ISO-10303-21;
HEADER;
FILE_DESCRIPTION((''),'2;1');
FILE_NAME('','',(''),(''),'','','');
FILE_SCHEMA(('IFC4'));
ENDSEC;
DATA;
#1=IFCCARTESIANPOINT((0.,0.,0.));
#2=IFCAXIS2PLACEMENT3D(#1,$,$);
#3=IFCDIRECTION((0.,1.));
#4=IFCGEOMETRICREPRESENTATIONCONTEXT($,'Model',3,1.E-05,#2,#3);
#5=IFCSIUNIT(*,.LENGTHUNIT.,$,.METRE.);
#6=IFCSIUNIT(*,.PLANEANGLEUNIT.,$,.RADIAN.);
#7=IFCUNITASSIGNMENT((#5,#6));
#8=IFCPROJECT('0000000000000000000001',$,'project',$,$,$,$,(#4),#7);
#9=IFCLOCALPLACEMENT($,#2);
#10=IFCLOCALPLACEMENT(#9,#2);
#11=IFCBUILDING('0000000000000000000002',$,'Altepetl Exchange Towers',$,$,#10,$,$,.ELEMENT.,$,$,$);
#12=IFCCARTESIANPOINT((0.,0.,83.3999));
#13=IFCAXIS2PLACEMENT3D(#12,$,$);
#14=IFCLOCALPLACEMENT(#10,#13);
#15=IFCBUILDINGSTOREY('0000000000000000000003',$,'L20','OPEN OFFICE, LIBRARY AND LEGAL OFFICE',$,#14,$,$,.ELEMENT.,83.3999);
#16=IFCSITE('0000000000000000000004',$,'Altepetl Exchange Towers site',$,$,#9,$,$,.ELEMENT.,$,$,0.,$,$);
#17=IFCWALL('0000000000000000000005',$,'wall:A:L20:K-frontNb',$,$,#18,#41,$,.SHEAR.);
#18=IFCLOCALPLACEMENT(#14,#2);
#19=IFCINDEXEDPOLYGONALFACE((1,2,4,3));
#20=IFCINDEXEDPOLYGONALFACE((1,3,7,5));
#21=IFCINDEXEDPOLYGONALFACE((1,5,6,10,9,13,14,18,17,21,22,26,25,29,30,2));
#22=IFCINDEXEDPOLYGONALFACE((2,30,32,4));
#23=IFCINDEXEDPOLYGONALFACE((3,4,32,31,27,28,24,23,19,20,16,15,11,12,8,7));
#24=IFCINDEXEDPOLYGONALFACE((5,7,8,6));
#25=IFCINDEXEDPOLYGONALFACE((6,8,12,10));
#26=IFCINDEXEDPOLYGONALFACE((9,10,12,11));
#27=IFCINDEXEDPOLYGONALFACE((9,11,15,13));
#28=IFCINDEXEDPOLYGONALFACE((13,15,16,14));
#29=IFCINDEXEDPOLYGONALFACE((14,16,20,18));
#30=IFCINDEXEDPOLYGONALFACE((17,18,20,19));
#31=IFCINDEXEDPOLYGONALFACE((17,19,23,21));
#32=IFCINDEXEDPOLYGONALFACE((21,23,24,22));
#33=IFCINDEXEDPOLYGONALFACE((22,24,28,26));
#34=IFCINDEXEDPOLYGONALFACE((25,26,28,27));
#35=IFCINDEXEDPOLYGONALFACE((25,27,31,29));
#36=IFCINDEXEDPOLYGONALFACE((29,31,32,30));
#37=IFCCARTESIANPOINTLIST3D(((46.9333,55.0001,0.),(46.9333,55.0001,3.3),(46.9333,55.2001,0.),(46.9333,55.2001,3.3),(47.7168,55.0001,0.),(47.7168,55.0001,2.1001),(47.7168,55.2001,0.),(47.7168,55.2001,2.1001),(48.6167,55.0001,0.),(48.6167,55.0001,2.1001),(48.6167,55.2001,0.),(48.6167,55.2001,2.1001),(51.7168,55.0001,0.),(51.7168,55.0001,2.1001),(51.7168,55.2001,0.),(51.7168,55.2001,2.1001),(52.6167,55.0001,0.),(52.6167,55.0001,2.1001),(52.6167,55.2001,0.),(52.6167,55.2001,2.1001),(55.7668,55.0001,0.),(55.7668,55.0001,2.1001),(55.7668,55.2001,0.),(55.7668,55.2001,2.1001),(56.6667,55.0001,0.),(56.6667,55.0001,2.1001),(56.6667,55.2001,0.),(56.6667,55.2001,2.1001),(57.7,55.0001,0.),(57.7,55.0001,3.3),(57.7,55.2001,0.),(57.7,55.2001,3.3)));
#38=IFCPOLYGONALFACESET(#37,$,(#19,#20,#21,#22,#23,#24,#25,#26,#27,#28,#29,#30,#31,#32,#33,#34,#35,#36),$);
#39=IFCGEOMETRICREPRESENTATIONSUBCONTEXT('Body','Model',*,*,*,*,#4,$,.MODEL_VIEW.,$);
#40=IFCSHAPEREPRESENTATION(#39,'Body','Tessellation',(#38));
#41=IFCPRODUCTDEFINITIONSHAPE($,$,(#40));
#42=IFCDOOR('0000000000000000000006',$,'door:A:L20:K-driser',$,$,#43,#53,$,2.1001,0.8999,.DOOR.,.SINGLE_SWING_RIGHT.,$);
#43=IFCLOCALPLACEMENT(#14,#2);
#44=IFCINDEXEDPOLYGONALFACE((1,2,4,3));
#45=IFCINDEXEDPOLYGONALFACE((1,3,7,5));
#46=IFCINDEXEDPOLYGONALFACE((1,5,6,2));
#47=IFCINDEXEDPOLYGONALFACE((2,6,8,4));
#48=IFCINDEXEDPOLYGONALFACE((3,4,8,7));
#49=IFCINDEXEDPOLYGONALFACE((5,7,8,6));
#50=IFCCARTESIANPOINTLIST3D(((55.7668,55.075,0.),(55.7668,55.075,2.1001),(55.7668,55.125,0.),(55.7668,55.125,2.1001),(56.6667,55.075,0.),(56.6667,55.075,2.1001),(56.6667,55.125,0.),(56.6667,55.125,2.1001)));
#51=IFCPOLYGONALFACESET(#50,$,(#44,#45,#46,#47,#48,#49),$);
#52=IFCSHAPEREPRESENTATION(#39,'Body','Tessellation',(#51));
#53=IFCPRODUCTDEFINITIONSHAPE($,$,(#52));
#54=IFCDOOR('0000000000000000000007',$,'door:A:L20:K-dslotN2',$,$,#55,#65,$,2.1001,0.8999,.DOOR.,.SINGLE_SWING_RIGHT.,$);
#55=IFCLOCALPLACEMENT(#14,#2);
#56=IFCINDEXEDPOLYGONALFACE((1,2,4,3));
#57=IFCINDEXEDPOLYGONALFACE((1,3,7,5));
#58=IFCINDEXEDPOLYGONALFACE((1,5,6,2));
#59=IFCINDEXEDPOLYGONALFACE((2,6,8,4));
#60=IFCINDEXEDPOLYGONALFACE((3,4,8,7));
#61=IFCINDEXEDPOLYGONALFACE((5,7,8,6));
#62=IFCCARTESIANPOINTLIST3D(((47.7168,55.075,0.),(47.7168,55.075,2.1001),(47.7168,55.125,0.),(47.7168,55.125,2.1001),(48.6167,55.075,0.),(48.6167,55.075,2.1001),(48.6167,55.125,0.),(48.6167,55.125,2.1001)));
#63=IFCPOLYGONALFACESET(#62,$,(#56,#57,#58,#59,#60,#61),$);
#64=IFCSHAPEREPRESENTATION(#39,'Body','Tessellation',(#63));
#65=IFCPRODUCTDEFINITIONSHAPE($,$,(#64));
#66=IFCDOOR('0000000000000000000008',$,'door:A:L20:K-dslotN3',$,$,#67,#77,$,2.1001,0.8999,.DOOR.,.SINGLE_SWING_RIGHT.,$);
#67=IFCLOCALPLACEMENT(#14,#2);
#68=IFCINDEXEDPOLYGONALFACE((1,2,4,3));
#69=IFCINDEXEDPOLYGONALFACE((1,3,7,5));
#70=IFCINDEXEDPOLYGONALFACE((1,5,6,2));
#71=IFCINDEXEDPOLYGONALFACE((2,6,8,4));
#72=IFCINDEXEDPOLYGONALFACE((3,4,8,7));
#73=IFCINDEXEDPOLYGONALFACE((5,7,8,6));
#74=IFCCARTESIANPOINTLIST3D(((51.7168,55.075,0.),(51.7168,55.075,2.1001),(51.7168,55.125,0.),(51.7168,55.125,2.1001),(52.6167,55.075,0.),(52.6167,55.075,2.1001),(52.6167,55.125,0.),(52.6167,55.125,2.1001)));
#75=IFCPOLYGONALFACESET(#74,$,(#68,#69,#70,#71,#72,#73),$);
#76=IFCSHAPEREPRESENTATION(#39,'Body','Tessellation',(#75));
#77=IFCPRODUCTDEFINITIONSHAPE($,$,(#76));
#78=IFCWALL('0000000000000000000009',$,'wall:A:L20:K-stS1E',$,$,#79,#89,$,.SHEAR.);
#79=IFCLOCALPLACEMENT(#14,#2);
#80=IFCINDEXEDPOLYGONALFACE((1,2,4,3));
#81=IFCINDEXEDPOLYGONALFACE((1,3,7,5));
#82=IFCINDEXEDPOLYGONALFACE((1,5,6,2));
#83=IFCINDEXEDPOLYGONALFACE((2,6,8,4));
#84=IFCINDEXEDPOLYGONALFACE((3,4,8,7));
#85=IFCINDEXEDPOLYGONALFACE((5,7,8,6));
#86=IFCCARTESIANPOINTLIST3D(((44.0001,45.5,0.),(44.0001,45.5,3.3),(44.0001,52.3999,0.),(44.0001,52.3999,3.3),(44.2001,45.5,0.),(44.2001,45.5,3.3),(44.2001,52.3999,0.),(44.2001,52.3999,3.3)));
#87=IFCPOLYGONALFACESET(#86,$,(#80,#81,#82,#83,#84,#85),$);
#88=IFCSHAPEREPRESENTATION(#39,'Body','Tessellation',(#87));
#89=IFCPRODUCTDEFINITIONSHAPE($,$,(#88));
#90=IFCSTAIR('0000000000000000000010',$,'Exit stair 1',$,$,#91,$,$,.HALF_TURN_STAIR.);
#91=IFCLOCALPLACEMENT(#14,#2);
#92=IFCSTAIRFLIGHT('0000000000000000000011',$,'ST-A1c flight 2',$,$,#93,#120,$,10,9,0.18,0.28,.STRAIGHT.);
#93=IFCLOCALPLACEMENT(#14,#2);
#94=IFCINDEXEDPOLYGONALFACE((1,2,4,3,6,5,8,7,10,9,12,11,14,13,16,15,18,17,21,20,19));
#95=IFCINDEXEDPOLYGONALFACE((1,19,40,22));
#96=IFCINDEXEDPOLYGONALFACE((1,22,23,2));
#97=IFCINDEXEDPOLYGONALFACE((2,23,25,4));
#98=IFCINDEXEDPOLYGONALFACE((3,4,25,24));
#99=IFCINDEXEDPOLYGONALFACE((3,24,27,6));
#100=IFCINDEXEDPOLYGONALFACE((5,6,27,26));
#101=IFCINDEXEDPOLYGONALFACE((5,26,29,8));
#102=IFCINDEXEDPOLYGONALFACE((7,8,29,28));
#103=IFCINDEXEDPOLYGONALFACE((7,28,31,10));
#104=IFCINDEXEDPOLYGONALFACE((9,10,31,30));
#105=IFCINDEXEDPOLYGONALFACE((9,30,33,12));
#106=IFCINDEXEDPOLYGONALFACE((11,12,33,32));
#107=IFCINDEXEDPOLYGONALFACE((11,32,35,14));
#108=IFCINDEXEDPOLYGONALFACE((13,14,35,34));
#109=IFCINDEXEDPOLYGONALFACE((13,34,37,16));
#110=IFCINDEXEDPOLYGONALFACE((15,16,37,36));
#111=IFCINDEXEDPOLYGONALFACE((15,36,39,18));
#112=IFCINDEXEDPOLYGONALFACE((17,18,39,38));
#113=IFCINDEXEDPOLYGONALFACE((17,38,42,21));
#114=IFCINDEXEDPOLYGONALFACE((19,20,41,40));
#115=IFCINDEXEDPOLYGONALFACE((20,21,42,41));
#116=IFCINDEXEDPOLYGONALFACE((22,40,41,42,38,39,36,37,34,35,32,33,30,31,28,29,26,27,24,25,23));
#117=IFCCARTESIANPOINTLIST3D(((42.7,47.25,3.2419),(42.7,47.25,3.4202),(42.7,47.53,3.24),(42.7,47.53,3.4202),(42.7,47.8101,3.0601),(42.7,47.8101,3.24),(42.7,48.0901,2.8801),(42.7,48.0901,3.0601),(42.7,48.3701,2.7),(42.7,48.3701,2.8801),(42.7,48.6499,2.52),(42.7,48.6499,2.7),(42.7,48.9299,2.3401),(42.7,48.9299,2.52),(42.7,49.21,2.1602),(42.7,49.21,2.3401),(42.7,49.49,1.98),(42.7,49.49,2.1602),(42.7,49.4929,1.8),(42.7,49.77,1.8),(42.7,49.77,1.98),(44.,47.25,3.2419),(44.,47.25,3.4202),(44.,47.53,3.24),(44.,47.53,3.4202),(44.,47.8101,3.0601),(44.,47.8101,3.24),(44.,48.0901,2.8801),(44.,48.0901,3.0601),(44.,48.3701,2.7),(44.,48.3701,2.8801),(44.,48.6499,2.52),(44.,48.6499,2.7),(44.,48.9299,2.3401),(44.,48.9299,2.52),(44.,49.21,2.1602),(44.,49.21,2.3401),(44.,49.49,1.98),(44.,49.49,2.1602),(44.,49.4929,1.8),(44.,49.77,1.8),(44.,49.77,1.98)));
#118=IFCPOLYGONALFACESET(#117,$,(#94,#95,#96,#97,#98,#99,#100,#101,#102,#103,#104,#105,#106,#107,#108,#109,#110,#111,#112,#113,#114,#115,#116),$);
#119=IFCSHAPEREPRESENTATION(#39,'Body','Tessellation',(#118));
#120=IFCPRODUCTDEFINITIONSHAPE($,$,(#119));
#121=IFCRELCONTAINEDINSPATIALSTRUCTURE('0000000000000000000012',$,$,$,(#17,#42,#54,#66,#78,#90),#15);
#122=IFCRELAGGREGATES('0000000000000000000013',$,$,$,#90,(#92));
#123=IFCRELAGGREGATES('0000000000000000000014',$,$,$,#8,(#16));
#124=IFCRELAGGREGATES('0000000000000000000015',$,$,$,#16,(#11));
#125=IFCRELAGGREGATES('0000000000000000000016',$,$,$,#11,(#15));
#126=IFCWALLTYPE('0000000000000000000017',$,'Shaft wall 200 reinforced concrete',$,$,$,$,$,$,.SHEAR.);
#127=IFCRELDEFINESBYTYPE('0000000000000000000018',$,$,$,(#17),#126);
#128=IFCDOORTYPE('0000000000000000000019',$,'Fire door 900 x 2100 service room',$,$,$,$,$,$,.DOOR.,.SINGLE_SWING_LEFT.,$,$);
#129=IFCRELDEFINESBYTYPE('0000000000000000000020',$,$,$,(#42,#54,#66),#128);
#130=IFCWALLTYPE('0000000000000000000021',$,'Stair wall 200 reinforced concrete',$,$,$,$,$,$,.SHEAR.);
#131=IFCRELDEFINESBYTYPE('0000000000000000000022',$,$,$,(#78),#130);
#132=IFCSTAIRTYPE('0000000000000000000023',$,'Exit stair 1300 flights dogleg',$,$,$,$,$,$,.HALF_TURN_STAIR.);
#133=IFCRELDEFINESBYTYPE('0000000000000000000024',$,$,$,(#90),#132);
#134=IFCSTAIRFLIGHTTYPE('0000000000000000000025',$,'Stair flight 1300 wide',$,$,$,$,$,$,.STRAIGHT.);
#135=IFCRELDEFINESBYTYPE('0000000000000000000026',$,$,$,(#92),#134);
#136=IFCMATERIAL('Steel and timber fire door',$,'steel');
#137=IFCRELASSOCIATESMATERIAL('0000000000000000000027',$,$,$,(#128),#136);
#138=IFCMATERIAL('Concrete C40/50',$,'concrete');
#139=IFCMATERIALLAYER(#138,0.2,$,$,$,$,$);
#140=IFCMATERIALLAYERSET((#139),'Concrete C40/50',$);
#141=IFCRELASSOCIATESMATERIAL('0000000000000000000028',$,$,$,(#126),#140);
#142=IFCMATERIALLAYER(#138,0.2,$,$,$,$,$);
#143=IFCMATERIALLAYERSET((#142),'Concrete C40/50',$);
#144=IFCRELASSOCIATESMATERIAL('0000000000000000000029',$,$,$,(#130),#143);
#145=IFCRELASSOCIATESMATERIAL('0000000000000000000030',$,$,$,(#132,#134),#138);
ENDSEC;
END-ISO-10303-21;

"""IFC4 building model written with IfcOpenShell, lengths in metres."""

from ifc_helpers import new_model, si_unit, direction, frame, frame_2d, origin, place, context, subcontext, project, spatial, polyline, rectangle, outline, extrude, material, layer, layer_set, type_object, element, fill, aggregate, save


model = new_model("IFC4")

# Units and contexts
model_context = context("Model", 3, precision=1e-05, world=origin(), true_north=direction((0.0, 1.0)))
body_context = subcontext(model_context, "Body", "Model", "MODEL_VIEW")
ifc_project = project(units=[si_unit("LENGTHUNIT", "METRE"), si_unit("PLANEANGLEUNIT", "RADIAN")], contexts=[model_context])

# Site, building, storey
site_placement = place(None, origin())
site = spatial("IfcSite", under=ifc_project, at=site_placement, Name="Altepetl Exchange Towers site", CompositionType="ELEMENT", RefElevation=0.0)
building_placement = place(site_placement, origin())
building = spatial("IfcBuilding", under=site, at=building_placement, Name="Altepetl Exchange Towers", CompositionType="ELEMENT")
storey_placement = place(building_placement, frame((0.0, 0.0, 83.3999)))
storey = spatial("IfcBuildingStorey", under=building, at=storey_placement, Name="L20", Description="OPEN OFFICE, LIBRARY AND LEGAL OFFICE", CompositionType="ELEMENT", Elevation=83.3999)

# Shared definitions
ifc_material_1 = material(Name="Steel and timber fire door", Category="steel")

# Shared definitions
door_type_1 = type_object("IfcDoorType", Name="Fire door 900 x 2100 service room", OperationType="SINGLE_SWING_LEFT", PredefinedType="DOOR", material=ifc_material_1)

# Shared definitions
ifc_material_2 = material(Name="Concrete C40/50", Category="concrete")
ifc_layer_1 = layer(ifc_material_2, 0.2)
ifc_layer_set_1 = layer_set([ifc_layer_1], Name="Concrete C40/50")
wall_type_1 = type_object("IfcWallType", Name="Shaft wall 200 reinforced concrete", PredefinedType="SHEAR", material=ifc_layer_set_1)

# Wall, openings, doors
wall_1_placement = place(storey_placement, frame((46.9333, 55.1001, 0.0)))
wall_1 = element("IfcWall", 1, at=wall_1_placement, inside=storey, type_object=wall_type_1, Name="wall:A:L20:K-frontNb", PredefinedType="SHEAR", context=body_context, shape_type="SweptSolid", body=[
    extrude(rectangle(XDim=10.7666, YDim=0.2, at=frame_2d((5.3833, 0.0))), origin(), (0.0, 0.0, 1.0), 3.3),
])
opening_1_placement = place(wall_1_placement, frame((8.8335, 0.0, 0.0)))
opening_1 = element("IfcOpeningElement", 2, at=opening_1_placement, cuts=wall_1, PredefinedType="OPENING", context=body_context, shape_type="SweptSolid", body=[
    extrude(rectangle(XDim=0.8999, YDim=2.1001, at=frame_2d((0.45, 1.05))), frame((0.0, 0.1099, 0.0), z_axis=(0.0, -1.0, 0.0), x_axis=(1.0, 0.0, 0.0)), (0.0, 0.0, 1.0), 0.22),
])
opening_2_placement = place(wall_1_placement, frame((0.7834, 0.0, 0.0)))
opening_2 = element("IfcOpeningElement", 3, at=opening_2_placement, cuts=wall_1, PredefinedType="OPENING", context=body_context, shape_type="SweptSolid", body=[
    extrude(rectangle(XDim=0.8999, YDim=2.1001, at=frame_2d((0.45, 1.05))), frame((0.0, 0.1099, 0.0), z_axis=(0.0, -1.0, 0.0), x_axis=(1.0, 0.0, 0.0)), (0.0, 0.0, 1.0), 0.22),
])
opening_3_placement = place(wall_1_placement, frame((4.7834, 0.0, 0.0)))
opening_3 = element("IfcOpeningElement", 4, at=opening_3_placement, cuts=wall_1, PredefinedType="OPENING", context=body_context, shape_type="SweptSolid", body=[
    extrude(rectangle(XDim=0.8999, YDim=2.1001, at=frame_2d((0.45, 1.05))), frame((0.0, 0.1099, 0.0), z_axis=(0.0, -1.0, 0.0), x_axis=(1.0, 0.0, 0.0)), (0.0, 0.0, 1.0), 0.22),
])
door_1_placement = place(opening_1_placement, origin())
door_1 = element("IfcDoor", 5, at=door_1_placement, inside=storey, type_object=door_type_1, Name="door:A:L20:K-driser", OperationType="SINGLE_SWING_RIGHT", OverallHeight=2.1001, OverallWidth=0.8999, PredefinedType="DOOR", context=body_context, shape_type="SweptSolid", body=[
    extrude(rectangle(XDim=0.8999, YDim=2.1001, at=frame_2d((0.45, 1.05))), frame((0.0, 0.0249, 0.0), z_axis=(0.0, -1.0, 0.0), x_axis=(1.0, 0.0, 0.0)), (0.0, 0.0, 1.0), 0.05),
])
fill(opening_1, door_1)
door_2_placement = place(opening_2_placement, origin())
door_2 = element("IfcDoor", 6, at=door_2_placement, inside=storey, type_object=door_type_1, Name="door:A:L20:K-dslotN2", OperationType="SINGLE_SWING_RIGHT", OverallHeight=2.1001, OverallWidth=0.8999, PredefinedType="DOOR", context=body_context, shape_type="SweptSolid", body=[
    extrude(rectangle(XDim=0.8999, YDim=2.1001, at=frame_2d((0.45, 1.05))), frame((0.0, 0.0249, 0.0), z_axis=(0.0, -1.0, 0.0), x_axis=(1.0, 0.0, 0.0)), (0.0, 0.0, 1.0), 0.05),
])
fill(opening_2, door_2)
door_3_placement = place(opening_3_placement, origin())
door_3 = element("IfcDoor", 7, at=door_3_placement, inside=storey, type_object=door_type_1, Name="door:A:L20:K-dslotN3", OperationType="SINGLE_SWING_RIGHT", OverallHeight=2.1001, OverallWidth=0.8999, PredefinedType="DOOR", context=body_context, shape_type="SweptSolid", body=[
    extrude(rectangle(XDim=0.8999, YDim=2.1001, at=frame_2d((0.45, 1.05))), frame((0.0, 0.0249, 0.0), z_axis=(0.0, -1.0, 0.0), x_axis=(1.0, 0.0, 0.0)), (0.0, 0.0, 1.0), 0.05),
])
fill(opening_3, door_3)

# Wall
ifc_layer_2 = layer(ifc_material_2, 0.2)
ifc_layer_set_2 = layer_set([ifc_layer_2], Name="Concrete C40/50")
wall_type_2 = type_object("IfcWallType", Name="Stair wall 200 reinforced concrete", PredefinedType="SHEAR", material=ifc_layer_set_2)
wall_2_placement = place(storey_placement, frame((44.1001, 45.5, 0.0), z_axis=(0.0, 0.0, 1.0), x_axis=(0.0, 1.0, 0.0)))
element("IfcWall", 8, at=wall_2_placement, inside=storey, type_object=wall_type_2, Name="wall:A:L20:K-stS1E", PredefinedType="SHEAR", context=body_context, shape_type="SweptSolid", body=[
    extrude(rectangle(XDim=6.8999, YDim=0.2, at=frame_2d((3.45, 0.0))), origin(), (0.0, 0.0, 1.0), 3.3),
])

# Stair, stair flight
stair_type = type_object("IfcStairType", Name="Exit stair 1300 flights dogleg", PredefinedType="HALF_TURN_STAIR", material=ifc_material_2)
stair_placement = place(storey_placement, origin())
stair = element("IfcStair", 9, at=stair_placement, inside=storey, type_object=stair_type, Name="Exit stair 1", PredefinedType="HALF_TURN_STAIR")
stair_flight_type = type_object("IfcStairFlightType", Name="Stair flight 1300 wide", PredefinedType="STRAIGHT", material=ifc_material_2)
stair_flight_placement = place(storey_placement, frame((43.3501, 49.77, 1.8), z_axis=(0.0, 0.0, 1.0), x_axis=(0.0, -1.0, 0.0)))
stair_flight = element("IfcStairFlight", 10, at=stair_flight_placement, type_object=stair_flight_type, Name="ST-A1c flight 2", NumberOfRisers=10, NumberOfTreads=9, PredefinedType="STRAIGHT", RiserHeight=0.18, TreadLength=0.28, context=body_context, shape_type="SweptSolid", body=[
    extrude(outline(polyline([(0.0, 0.0), (0.0, 0.1799), (0.28, 0.1799), (0.28, 0.3601), (0.5601, 0.3601), (0.5601, 0.54), (0.8401, 0.54), (0.8401, 0.72), (1.1201, 0.72), (1.1201, 0.8999), (1.3999, 0.8999), (1.3999, 1.0801), (1.6799, 1.0801), (1.6799, 1.26), (1.96, 1.26), (1.96, 1.4399), (2.24, 1.4399), (2.24, 1.6201), (2.52, 1.6201), (2.52, 1.8), (2.52, 1.4419), (0.2771, 0.0), (0.0, 0.0)])), frame((0.0, 0.6499, 0.0), z_axis=(0.0, -1.0, 0.0), x_axis=(1.0, 0.0, 0.0)), (0.0, 0.0, 1.0), 1.3),
])
aggregate(stair, [stair_flight])

save(model, "model.ifc")
